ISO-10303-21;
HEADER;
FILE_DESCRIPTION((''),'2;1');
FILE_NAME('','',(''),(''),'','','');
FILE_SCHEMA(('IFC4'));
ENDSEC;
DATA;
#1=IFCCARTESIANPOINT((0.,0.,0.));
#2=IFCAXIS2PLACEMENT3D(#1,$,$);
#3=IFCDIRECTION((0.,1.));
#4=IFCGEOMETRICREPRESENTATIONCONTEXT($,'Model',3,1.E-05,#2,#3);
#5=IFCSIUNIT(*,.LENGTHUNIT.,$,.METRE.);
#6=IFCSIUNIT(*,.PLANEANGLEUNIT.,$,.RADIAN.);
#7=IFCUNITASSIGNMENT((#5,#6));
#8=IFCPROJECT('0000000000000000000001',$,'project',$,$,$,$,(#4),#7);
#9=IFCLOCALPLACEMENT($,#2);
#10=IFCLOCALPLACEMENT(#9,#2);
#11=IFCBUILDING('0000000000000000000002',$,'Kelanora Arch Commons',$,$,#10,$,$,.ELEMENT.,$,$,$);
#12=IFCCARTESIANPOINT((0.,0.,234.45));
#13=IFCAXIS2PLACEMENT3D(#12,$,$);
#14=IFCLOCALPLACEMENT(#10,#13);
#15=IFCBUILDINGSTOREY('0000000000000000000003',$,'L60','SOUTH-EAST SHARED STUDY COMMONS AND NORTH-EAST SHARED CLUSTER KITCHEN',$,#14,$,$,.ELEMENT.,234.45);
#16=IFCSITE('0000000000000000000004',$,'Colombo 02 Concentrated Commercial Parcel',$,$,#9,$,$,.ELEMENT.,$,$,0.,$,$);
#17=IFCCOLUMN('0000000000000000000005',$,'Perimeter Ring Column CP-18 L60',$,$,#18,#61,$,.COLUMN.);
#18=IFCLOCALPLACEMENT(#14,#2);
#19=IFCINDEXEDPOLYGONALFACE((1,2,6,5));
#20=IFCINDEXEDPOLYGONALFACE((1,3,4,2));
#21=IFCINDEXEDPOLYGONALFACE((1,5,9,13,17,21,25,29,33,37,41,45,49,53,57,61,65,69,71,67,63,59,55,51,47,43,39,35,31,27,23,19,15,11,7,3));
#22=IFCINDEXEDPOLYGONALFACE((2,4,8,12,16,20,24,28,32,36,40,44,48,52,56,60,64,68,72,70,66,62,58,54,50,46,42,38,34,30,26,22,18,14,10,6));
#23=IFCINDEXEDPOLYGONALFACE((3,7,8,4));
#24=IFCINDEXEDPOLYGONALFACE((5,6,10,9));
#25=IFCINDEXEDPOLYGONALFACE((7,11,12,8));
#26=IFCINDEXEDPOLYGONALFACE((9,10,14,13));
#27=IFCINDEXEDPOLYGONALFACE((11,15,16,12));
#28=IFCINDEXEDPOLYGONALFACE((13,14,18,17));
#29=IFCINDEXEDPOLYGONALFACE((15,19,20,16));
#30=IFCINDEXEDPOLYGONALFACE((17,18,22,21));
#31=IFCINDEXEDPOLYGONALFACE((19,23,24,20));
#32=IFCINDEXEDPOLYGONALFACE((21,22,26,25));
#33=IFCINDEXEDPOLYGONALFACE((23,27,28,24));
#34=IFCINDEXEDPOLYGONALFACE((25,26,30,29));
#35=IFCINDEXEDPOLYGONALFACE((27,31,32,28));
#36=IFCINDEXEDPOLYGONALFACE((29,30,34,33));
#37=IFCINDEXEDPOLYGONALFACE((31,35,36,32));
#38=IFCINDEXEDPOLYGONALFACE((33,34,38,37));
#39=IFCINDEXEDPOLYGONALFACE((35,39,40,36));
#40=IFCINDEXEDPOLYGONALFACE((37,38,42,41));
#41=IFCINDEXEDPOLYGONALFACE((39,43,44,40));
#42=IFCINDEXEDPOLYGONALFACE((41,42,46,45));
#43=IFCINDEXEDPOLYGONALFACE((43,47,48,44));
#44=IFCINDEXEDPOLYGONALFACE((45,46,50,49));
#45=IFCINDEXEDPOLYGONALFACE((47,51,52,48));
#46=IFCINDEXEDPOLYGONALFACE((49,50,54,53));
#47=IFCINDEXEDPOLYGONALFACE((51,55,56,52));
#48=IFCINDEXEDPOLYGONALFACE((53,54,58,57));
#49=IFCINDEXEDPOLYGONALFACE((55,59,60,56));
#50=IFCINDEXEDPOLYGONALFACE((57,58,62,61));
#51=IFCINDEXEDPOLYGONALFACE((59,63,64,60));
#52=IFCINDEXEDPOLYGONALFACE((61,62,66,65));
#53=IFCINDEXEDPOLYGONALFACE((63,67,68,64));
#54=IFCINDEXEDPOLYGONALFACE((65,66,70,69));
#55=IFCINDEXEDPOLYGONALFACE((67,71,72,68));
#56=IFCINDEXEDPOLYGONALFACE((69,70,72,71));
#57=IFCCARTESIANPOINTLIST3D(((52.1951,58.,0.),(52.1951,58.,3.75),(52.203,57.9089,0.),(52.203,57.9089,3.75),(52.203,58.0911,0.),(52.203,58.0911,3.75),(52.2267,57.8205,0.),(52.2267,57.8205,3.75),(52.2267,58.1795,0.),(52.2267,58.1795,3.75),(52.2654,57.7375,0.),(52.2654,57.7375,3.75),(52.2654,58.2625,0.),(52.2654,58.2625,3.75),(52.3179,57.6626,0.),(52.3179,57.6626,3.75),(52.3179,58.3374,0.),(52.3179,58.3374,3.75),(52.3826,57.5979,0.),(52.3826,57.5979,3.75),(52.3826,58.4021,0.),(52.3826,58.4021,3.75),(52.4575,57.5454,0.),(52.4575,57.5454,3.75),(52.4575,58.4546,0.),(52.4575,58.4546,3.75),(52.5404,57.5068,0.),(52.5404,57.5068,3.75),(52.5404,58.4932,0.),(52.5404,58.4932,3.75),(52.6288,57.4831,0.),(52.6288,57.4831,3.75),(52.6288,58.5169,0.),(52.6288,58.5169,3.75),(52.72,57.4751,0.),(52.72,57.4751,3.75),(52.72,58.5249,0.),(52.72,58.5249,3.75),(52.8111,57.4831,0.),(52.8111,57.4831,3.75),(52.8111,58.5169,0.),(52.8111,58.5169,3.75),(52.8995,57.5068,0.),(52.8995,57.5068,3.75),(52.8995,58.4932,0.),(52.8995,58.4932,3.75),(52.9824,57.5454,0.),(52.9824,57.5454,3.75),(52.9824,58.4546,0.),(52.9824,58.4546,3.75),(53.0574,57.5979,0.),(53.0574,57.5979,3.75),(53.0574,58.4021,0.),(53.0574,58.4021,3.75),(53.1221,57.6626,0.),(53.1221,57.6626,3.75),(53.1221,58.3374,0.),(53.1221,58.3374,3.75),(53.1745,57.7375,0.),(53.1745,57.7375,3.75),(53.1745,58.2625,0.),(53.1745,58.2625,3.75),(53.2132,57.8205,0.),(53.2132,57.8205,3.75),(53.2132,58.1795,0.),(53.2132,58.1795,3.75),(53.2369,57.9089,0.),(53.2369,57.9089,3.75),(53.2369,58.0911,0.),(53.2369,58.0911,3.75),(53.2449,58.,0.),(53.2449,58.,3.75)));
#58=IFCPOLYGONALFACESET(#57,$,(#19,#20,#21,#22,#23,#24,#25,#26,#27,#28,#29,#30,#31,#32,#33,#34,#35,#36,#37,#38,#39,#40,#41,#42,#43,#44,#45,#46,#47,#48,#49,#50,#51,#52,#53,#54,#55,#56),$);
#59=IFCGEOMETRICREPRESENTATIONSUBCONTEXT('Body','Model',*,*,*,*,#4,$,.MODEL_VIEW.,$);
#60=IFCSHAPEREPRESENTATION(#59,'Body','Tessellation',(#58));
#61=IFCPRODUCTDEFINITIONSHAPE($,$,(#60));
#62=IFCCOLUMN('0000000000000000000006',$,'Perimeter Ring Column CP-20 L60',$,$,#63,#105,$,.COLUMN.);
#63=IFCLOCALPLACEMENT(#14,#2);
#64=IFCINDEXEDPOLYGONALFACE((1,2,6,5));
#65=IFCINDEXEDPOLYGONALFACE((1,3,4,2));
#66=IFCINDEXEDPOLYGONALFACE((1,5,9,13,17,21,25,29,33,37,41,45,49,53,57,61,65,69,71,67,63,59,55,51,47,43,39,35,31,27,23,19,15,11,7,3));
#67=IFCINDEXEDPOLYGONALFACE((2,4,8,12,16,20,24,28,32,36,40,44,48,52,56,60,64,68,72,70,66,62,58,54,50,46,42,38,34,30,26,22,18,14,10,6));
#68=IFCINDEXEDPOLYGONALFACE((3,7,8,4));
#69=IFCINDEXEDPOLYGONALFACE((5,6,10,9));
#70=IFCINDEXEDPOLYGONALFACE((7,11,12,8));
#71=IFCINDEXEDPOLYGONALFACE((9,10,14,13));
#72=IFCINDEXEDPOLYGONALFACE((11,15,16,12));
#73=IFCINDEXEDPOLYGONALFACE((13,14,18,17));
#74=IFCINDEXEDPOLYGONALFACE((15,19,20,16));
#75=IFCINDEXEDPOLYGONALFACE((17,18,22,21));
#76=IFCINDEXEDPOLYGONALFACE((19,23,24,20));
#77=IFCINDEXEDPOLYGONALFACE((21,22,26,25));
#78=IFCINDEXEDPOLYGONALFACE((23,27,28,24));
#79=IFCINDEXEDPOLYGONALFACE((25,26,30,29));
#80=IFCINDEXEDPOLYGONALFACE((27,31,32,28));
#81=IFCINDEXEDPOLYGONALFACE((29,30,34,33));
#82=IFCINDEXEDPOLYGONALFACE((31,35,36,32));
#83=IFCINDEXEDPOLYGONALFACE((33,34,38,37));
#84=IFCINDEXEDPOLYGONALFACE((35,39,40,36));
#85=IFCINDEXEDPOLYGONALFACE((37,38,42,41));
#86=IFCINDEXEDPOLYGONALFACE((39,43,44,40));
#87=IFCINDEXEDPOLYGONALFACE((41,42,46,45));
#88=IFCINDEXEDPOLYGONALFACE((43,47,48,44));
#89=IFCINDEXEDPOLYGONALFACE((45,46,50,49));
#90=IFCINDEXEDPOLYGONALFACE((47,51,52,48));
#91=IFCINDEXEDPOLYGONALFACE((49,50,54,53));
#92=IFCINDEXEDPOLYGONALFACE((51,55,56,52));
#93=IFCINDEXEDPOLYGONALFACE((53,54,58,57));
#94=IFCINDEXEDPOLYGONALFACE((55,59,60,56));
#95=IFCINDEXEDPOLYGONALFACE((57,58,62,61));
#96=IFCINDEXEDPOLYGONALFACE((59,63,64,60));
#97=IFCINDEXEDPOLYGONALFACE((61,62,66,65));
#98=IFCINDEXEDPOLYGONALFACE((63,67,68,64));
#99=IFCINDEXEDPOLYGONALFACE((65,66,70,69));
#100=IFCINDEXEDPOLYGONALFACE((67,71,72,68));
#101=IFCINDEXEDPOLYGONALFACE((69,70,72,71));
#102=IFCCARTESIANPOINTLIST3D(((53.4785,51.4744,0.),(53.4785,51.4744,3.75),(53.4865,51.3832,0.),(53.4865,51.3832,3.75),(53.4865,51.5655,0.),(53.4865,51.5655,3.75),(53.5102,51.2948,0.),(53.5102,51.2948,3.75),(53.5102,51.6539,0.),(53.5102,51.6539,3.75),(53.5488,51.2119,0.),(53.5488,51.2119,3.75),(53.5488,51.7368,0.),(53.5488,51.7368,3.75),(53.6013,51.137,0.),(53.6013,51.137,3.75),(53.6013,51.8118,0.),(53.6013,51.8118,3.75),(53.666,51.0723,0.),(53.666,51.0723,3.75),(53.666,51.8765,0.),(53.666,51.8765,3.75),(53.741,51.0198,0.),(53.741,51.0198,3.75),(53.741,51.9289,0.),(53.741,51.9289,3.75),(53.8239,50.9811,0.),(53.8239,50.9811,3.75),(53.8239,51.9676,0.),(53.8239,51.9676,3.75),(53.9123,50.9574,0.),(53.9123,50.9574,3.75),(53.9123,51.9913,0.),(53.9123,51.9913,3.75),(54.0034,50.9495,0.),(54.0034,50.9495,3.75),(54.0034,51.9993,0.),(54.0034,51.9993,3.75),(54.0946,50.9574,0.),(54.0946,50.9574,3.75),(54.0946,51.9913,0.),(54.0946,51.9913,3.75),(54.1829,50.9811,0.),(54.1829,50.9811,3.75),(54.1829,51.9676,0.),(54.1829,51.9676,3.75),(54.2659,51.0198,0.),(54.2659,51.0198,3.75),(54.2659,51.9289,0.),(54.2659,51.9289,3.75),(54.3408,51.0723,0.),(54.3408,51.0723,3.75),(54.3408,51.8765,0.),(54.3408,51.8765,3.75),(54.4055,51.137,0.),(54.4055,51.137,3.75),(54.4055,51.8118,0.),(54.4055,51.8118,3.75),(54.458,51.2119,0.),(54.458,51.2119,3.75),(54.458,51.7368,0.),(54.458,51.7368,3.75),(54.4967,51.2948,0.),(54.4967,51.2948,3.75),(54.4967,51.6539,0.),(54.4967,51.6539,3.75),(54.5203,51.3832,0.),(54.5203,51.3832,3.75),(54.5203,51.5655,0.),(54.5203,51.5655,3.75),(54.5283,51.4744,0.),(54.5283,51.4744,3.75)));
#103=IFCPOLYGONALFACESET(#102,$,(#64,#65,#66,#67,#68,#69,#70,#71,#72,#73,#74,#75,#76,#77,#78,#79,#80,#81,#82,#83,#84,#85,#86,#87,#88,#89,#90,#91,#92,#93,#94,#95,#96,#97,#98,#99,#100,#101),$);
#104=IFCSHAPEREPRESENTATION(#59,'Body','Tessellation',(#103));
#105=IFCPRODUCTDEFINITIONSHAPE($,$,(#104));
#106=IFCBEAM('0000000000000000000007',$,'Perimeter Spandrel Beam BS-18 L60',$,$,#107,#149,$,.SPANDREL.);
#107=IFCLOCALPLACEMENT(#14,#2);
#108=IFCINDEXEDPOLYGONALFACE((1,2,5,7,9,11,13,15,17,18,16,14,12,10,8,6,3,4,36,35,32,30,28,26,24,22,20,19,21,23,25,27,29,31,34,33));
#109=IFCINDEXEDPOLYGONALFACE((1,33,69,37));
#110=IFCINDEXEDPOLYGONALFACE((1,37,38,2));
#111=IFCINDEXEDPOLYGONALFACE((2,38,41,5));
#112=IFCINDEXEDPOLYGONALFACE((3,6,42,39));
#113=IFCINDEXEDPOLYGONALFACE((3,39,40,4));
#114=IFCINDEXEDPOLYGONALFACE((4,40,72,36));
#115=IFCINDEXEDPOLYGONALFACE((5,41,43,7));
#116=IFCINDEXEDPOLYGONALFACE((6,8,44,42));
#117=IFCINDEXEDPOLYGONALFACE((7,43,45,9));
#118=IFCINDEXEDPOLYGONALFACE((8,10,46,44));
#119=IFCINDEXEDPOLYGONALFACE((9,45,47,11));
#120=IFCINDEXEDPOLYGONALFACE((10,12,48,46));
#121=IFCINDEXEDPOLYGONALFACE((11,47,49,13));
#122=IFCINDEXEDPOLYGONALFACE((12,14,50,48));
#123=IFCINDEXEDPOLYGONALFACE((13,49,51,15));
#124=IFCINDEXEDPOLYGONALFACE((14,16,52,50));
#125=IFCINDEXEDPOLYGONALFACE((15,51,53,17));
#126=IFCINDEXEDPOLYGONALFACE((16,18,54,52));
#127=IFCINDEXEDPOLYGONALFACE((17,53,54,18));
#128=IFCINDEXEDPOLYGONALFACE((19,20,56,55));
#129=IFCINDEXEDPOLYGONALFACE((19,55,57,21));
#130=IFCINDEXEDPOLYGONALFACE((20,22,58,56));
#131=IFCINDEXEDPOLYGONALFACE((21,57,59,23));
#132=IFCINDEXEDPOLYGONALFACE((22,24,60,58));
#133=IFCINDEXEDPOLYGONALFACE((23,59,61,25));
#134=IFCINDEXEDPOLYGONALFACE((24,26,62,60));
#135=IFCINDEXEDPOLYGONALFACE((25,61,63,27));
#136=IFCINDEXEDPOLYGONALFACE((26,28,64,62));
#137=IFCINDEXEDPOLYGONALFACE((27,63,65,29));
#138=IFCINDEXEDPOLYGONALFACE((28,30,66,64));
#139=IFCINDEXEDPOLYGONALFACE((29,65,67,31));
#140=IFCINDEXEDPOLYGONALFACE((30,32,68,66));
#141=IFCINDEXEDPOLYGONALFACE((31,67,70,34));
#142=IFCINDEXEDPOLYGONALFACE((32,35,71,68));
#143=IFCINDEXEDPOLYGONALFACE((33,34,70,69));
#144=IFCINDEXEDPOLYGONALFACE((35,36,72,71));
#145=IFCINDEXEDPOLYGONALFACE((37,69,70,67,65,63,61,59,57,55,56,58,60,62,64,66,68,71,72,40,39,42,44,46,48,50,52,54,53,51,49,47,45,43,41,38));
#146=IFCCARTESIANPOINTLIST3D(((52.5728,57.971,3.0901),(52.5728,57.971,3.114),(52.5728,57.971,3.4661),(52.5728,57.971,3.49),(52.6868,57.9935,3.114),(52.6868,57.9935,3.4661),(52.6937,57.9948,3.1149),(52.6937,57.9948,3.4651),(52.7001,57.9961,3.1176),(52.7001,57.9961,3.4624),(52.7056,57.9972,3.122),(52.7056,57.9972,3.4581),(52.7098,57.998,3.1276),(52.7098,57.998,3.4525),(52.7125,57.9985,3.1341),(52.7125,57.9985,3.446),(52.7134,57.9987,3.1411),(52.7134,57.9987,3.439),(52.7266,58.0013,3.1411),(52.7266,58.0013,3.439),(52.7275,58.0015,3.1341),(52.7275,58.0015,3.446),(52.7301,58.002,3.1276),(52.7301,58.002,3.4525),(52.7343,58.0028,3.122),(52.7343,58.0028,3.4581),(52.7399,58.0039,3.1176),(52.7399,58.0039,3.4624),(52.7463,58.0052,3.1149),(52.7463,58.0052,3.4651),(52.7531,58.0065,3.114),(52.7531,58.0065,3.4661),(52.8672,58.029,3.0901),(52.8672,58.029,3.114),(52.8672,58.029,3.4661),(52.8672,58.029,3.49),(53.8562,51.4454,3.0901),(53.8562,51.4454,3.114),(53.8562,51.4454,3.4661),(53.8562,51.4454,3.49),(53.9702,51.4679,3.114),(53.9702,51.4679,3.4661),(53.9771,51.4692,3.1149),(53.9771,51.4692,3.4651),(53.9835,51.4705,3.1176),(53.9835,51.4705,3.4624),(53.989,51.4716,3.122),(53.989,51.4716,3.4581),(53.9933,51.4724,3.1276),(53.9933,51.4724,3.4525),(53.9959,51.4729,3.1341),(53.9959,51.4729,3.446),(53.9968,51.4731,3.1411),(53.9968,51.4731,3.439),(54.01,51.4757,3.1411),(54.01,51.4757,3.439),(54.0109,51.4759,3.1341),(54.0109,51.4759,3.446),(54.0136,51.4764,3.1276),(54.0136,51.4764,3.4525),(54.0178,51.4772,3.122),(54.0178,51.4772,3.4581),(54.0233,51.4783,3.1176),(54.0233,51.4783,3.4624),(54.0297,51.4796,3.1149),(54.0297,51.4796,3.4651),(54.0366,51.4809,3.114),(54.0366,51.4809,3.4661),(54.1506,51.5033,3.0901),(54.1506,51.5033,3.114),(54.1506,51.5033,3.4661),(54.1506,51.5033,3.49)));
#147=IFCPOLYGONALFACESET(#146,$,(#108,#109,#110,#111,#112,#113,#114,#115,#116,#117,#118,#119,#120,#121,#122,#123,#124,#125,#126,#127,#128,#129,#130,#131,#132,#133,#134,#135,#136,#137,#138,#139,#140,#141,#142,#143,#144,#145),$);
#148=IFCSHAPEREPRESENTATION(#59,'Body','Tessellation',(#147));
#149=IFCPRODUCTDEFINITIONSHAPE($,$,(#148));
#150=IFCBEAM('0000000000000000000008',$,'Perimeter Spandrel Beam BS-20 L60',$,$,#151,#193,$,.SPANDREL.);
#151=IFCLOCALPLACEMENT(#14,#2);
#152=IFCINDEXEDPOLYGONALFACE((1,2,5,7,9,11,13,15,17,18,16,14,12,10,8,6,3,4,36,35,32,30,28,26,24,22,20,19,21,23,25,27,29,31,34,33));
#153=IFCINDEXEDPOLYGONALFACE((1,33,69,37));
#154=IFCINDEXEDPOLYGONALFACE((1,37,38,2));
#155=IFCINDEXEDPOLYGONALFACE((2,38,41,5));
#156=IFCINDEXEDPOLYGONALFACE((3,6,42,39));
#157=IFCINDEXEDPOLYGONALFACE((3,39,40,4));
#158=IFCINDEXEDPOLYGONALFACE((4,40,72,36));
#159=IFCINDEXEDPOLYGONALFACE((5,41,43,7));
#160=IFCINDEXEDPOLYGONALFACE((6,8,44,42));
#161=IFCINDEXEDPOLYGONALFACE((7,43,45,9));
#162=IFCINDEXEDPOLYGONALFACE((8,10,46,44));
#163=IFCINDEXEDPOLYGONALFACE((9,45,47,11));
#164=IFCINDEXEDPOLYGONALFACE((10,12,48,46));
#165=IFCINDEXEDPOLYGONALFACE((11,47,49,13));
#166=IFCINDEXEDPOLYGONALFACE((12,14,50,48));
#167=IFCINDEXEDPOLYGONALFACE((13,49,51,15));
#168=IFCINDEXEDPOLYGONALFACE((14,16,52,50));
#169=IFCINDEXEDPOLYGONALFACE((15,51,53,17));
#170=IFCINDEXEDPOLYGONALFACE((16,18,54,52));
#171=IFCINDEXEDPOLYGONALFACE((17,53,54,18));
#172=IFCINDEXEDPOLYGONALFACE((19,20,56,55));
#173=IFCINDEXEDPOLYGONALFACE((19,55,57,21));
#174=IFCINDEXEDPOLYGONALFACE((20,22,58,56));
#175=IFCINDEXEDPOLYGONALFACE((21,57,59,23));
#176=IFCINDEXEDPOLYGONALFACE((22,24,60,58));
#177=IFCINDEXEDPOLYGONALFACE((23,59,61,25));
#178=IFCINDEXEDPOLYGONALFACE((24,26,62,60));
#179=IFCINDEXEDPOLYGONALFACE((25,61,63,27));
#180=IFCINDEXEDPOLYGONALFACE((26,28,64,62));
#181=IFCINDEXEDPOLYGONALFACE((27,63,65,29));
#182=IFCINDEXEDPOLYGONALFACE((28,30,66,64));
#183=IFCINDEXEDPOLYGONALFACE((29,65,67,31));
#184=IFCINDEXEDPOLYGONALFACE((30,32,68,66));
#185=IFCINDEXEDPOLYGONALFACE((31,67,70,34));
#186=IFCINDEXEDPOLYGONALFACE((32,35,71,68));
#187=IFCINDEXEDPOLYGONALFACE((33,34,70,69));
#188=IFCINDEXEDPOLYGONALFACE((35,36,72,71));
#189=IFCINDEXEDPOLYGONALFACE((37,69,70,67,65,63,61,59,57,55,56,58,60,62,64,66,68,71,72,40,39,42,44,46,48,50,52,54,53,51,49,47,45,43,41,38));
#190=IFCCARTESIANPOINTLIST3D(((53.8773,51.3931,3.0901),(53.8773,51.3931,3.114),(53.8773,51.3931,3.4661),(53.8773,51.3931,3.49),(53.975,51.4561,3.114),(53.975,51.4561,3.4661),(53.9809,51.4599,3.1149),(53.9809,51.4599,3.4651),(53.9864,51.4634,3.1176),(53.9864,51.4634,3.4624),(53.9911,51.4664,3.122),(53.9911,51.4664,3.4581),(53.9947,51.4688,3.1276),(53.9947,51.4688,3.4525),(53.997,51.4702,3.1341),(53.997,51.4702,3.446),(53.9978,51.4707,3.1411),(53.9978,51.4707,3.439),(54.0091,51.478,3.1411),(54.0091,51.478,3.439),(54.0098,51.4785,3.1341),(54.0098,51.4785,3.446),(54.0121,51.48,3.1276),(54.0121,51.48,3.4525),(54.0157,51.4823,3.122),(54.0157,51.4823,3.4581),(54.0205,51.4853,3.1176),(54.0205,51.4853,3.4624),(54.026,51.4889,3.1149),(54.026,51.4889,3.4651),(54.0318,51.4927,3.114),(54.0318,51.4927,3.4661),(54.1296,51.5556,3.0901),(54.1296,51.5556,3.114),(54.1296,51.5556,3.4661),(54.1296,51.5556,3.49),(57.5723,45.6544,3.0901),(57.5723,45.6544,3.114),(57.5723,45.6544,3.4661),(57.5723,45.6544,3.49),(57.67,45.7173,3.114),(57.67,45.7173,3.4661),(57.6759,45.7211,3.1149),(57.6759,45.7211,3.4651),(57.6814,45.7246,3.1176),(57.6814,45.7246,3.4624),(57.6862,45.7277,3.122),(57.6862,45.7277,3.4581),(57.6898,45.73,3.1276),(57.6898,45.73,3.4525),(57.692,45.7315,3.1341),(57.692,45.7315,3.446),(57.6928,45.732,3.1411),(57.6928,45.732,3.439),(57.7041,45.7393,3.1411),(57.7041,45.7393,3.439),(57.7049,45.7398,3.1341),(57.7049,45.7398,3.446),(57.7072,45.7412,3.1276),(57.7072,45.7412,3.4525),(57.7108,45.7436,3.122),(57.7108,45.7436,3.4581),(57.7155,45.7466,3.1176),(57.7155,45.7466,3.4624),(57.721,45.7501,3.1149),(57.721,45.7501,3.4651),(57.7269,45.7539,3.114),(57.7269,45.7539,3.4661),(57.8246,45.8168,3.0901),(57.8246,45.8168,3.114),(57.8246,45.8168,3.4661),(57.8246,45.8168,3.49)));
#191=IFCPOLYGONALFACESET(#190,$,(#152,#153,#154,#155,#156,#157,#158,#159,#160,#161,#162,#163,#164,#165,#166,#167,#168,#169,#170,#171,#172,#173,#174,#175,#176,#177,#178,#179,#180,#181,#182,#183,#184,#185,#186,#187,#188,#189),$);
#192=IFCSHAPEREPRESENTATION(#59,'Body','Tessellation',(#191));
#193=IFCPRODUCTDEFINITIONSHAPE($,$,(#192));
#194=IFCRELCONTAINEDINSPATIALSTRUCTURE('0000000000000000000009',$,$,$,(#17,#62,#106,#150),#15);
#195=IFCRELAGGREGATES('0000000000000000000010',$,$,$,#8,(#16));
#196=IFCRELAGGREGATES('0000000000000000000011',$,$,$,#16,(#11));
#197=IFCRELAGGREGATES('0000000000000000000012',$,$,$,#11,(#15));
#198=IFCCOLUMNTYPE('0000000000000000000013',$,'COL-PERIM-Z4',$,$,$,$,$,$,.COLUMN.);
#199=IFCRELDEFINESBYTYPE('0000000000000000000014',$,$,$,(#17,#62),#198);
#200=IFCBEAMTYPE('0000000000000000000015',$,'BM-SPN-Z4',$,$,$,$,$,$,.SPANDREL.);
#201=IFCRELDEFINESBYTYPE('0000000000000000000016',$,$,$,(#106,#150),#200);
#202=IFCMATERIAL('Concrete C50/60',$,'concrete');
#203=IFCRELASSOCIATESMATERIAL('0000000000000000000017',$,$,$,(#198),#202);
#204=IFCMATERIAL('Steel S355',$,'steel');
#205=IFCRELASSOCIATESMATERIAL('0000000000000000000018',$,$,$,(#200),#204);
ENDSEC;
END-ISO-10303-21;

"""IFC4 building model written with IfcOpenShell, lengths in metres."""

from ifc_helpers import new_model, si_unit, direction, frame, origin, origin_2d, place, context, subcontext, project, spatial, circle, i_section, extrude, material, material_profile, profile_set, type_object, element, save


model = new_model("IFC4")

# Units and contexts
model_context = context("Model", 3, precision=1e-05, world=origin(), true_north=direction((0.0, 1.0)))
body_context = subcontext(model_context, "Body", "Model", "MODEL_VIEW")
ifc_project = project(units=[si_unit("LENGTHUNIT", "METRE"), si_unit("PLANEANGLEUNIT", "RADIAN")], contexts=[model_context])

# Site, building, storey
site_placement = place(None, origin())
site = spatial("IfcSite", under=ifc_project, at=site_placement, Name="Colombo 02 Concentrated Commercial Parcel", CompositionType="ELEMENT", RefElevation=0.0)
building_placement = place(site_placement, origin())
building = spatial("IfcBuilding", under=site, at=building_placement, Name="Kelanora Arch Commons", CompositionType="ELEMENT")
storey_placement = place(building_placement, frame((0.0, 0.0, 234.45)))
storey = spatial("IfcBuildingStorey", under=building, at=storey_placement, Name="L60", Description="SOUTH-EAST SHARED STUDY COMMONS AND NORTH-EAST SHARED CLUSTER KITCHEN", CompositionType="ELEMENT", Elevation=234.45)

# Columns
ifc_material_1 = material(Name="Concrete C50/60", Category="concrete")
ifc_material_profile_1 = material_profile(ifc_material_1, circle(Radius=0.5249, at=origin_2d()), Name="RCC1050")
ifc_profile_set_1 = profile_set([ifc_material_profile_1], Name="Concrete C50/60")
column_type = type_object("IfcColumnType", Name="COL-PERIM-Z4", PredefinedType="COLUMN", material=ifc_profile_set_1)
for number, where, z_axis, x_axis, name in (
    (1, (52.72, 58.0, 0.0), (0.0, 0.0, 1.0), (1.0, 0.0, 0.0), "Perimeter Ring Column CP-18 L60"),
    (2, (54.0034, 51.4744, 0.0), (0.0, 0.0, 1.0), (1.0, 0.0, 0.0), "Perimeter Ring Column CP-20 L60"),
):
    element("IfcColumn", number, at=place(storey_placement, frame(where, z_axis=z_axis, x_axis=x_axis)), inside=storey, type_object=column_type, Name=name, PredefinedType="COLUMN", context=body_context, shape_type="SweptSolid", body=[
        extrude(circle(Radius=0.5249, at=origin_2d()), origin(), (0.0, 0.0, 1.0), 3.75),
    ])

# Beams
ifc_material_2 = material(Name="Steel S355", Category="steel")
ifc_material_profile_2 = material_profile(ifc_material_2, i_section(OverallWidth=0.3, OverallDepth=0.3999, WebThickness=0.0134, FlangeThickness=0.0239, FilletRadius=0.0271, at=origin_2d()), Name="HEB400")
ifc_profile_set_2 = profile_set([ifc_material_profile_2], Name="Steel S355")
beam_type = type_object("IfcBeamType", Name="BM-SPN-Z4", PredefinedType="SPANDREL", material=ifc_profile_set_2)
beam_1_placement = place(storey_placement, frame((52.72, 58.0, 3.29), z_axis=(0.192981, -0.981203, 0.0), x_axis=(0.981203, 0.192981, 0.0)))
element("IfcBeam", 3, at=beam_1_placement, inside=storey, type_object=beam_type, Name="Perimeter Spandrel Beam BS-18 L60", PredefinedType="SPANDREL", context=body_context, shape_type="SweptSolid", body=[
    extrude(i_section(OverallWidth=0.3, OverallDepth=0.3999, WebThickness=0.0134, FlangeThickness=0.0239, FilletRadius=0.0271, at=origin_2d()), origin(), (0.0, 0.0, 1.0), 6.6506),
])
beam_2_placement = place(storey_placement, frame((54.0034, 51.4744, 3.29), z_axis=(0.541365, -0.840788, 0.0), x_axis=(0.840788, 0.541365, 0.0)))
element("IfcBeam", 4, at=beam_2_placement, inside=storey, type_object=beam_type, Name="Perimeter Spandrel Beam BS-20 L60", PredefinedType="SPANDREL", context=body_context, shape_type="SweptSolid", body=[
    extrude(i_section(OverallWidth=0.3, OverallDepth=0.3999, WebThickness=0.0134, FlangeThickness=0.0239, FilletRadius=0.0271, at=origin_2d()), origin(), (0.0, 0.0, 1.0), 6.8254),
])

save(model, "model.ifc")
